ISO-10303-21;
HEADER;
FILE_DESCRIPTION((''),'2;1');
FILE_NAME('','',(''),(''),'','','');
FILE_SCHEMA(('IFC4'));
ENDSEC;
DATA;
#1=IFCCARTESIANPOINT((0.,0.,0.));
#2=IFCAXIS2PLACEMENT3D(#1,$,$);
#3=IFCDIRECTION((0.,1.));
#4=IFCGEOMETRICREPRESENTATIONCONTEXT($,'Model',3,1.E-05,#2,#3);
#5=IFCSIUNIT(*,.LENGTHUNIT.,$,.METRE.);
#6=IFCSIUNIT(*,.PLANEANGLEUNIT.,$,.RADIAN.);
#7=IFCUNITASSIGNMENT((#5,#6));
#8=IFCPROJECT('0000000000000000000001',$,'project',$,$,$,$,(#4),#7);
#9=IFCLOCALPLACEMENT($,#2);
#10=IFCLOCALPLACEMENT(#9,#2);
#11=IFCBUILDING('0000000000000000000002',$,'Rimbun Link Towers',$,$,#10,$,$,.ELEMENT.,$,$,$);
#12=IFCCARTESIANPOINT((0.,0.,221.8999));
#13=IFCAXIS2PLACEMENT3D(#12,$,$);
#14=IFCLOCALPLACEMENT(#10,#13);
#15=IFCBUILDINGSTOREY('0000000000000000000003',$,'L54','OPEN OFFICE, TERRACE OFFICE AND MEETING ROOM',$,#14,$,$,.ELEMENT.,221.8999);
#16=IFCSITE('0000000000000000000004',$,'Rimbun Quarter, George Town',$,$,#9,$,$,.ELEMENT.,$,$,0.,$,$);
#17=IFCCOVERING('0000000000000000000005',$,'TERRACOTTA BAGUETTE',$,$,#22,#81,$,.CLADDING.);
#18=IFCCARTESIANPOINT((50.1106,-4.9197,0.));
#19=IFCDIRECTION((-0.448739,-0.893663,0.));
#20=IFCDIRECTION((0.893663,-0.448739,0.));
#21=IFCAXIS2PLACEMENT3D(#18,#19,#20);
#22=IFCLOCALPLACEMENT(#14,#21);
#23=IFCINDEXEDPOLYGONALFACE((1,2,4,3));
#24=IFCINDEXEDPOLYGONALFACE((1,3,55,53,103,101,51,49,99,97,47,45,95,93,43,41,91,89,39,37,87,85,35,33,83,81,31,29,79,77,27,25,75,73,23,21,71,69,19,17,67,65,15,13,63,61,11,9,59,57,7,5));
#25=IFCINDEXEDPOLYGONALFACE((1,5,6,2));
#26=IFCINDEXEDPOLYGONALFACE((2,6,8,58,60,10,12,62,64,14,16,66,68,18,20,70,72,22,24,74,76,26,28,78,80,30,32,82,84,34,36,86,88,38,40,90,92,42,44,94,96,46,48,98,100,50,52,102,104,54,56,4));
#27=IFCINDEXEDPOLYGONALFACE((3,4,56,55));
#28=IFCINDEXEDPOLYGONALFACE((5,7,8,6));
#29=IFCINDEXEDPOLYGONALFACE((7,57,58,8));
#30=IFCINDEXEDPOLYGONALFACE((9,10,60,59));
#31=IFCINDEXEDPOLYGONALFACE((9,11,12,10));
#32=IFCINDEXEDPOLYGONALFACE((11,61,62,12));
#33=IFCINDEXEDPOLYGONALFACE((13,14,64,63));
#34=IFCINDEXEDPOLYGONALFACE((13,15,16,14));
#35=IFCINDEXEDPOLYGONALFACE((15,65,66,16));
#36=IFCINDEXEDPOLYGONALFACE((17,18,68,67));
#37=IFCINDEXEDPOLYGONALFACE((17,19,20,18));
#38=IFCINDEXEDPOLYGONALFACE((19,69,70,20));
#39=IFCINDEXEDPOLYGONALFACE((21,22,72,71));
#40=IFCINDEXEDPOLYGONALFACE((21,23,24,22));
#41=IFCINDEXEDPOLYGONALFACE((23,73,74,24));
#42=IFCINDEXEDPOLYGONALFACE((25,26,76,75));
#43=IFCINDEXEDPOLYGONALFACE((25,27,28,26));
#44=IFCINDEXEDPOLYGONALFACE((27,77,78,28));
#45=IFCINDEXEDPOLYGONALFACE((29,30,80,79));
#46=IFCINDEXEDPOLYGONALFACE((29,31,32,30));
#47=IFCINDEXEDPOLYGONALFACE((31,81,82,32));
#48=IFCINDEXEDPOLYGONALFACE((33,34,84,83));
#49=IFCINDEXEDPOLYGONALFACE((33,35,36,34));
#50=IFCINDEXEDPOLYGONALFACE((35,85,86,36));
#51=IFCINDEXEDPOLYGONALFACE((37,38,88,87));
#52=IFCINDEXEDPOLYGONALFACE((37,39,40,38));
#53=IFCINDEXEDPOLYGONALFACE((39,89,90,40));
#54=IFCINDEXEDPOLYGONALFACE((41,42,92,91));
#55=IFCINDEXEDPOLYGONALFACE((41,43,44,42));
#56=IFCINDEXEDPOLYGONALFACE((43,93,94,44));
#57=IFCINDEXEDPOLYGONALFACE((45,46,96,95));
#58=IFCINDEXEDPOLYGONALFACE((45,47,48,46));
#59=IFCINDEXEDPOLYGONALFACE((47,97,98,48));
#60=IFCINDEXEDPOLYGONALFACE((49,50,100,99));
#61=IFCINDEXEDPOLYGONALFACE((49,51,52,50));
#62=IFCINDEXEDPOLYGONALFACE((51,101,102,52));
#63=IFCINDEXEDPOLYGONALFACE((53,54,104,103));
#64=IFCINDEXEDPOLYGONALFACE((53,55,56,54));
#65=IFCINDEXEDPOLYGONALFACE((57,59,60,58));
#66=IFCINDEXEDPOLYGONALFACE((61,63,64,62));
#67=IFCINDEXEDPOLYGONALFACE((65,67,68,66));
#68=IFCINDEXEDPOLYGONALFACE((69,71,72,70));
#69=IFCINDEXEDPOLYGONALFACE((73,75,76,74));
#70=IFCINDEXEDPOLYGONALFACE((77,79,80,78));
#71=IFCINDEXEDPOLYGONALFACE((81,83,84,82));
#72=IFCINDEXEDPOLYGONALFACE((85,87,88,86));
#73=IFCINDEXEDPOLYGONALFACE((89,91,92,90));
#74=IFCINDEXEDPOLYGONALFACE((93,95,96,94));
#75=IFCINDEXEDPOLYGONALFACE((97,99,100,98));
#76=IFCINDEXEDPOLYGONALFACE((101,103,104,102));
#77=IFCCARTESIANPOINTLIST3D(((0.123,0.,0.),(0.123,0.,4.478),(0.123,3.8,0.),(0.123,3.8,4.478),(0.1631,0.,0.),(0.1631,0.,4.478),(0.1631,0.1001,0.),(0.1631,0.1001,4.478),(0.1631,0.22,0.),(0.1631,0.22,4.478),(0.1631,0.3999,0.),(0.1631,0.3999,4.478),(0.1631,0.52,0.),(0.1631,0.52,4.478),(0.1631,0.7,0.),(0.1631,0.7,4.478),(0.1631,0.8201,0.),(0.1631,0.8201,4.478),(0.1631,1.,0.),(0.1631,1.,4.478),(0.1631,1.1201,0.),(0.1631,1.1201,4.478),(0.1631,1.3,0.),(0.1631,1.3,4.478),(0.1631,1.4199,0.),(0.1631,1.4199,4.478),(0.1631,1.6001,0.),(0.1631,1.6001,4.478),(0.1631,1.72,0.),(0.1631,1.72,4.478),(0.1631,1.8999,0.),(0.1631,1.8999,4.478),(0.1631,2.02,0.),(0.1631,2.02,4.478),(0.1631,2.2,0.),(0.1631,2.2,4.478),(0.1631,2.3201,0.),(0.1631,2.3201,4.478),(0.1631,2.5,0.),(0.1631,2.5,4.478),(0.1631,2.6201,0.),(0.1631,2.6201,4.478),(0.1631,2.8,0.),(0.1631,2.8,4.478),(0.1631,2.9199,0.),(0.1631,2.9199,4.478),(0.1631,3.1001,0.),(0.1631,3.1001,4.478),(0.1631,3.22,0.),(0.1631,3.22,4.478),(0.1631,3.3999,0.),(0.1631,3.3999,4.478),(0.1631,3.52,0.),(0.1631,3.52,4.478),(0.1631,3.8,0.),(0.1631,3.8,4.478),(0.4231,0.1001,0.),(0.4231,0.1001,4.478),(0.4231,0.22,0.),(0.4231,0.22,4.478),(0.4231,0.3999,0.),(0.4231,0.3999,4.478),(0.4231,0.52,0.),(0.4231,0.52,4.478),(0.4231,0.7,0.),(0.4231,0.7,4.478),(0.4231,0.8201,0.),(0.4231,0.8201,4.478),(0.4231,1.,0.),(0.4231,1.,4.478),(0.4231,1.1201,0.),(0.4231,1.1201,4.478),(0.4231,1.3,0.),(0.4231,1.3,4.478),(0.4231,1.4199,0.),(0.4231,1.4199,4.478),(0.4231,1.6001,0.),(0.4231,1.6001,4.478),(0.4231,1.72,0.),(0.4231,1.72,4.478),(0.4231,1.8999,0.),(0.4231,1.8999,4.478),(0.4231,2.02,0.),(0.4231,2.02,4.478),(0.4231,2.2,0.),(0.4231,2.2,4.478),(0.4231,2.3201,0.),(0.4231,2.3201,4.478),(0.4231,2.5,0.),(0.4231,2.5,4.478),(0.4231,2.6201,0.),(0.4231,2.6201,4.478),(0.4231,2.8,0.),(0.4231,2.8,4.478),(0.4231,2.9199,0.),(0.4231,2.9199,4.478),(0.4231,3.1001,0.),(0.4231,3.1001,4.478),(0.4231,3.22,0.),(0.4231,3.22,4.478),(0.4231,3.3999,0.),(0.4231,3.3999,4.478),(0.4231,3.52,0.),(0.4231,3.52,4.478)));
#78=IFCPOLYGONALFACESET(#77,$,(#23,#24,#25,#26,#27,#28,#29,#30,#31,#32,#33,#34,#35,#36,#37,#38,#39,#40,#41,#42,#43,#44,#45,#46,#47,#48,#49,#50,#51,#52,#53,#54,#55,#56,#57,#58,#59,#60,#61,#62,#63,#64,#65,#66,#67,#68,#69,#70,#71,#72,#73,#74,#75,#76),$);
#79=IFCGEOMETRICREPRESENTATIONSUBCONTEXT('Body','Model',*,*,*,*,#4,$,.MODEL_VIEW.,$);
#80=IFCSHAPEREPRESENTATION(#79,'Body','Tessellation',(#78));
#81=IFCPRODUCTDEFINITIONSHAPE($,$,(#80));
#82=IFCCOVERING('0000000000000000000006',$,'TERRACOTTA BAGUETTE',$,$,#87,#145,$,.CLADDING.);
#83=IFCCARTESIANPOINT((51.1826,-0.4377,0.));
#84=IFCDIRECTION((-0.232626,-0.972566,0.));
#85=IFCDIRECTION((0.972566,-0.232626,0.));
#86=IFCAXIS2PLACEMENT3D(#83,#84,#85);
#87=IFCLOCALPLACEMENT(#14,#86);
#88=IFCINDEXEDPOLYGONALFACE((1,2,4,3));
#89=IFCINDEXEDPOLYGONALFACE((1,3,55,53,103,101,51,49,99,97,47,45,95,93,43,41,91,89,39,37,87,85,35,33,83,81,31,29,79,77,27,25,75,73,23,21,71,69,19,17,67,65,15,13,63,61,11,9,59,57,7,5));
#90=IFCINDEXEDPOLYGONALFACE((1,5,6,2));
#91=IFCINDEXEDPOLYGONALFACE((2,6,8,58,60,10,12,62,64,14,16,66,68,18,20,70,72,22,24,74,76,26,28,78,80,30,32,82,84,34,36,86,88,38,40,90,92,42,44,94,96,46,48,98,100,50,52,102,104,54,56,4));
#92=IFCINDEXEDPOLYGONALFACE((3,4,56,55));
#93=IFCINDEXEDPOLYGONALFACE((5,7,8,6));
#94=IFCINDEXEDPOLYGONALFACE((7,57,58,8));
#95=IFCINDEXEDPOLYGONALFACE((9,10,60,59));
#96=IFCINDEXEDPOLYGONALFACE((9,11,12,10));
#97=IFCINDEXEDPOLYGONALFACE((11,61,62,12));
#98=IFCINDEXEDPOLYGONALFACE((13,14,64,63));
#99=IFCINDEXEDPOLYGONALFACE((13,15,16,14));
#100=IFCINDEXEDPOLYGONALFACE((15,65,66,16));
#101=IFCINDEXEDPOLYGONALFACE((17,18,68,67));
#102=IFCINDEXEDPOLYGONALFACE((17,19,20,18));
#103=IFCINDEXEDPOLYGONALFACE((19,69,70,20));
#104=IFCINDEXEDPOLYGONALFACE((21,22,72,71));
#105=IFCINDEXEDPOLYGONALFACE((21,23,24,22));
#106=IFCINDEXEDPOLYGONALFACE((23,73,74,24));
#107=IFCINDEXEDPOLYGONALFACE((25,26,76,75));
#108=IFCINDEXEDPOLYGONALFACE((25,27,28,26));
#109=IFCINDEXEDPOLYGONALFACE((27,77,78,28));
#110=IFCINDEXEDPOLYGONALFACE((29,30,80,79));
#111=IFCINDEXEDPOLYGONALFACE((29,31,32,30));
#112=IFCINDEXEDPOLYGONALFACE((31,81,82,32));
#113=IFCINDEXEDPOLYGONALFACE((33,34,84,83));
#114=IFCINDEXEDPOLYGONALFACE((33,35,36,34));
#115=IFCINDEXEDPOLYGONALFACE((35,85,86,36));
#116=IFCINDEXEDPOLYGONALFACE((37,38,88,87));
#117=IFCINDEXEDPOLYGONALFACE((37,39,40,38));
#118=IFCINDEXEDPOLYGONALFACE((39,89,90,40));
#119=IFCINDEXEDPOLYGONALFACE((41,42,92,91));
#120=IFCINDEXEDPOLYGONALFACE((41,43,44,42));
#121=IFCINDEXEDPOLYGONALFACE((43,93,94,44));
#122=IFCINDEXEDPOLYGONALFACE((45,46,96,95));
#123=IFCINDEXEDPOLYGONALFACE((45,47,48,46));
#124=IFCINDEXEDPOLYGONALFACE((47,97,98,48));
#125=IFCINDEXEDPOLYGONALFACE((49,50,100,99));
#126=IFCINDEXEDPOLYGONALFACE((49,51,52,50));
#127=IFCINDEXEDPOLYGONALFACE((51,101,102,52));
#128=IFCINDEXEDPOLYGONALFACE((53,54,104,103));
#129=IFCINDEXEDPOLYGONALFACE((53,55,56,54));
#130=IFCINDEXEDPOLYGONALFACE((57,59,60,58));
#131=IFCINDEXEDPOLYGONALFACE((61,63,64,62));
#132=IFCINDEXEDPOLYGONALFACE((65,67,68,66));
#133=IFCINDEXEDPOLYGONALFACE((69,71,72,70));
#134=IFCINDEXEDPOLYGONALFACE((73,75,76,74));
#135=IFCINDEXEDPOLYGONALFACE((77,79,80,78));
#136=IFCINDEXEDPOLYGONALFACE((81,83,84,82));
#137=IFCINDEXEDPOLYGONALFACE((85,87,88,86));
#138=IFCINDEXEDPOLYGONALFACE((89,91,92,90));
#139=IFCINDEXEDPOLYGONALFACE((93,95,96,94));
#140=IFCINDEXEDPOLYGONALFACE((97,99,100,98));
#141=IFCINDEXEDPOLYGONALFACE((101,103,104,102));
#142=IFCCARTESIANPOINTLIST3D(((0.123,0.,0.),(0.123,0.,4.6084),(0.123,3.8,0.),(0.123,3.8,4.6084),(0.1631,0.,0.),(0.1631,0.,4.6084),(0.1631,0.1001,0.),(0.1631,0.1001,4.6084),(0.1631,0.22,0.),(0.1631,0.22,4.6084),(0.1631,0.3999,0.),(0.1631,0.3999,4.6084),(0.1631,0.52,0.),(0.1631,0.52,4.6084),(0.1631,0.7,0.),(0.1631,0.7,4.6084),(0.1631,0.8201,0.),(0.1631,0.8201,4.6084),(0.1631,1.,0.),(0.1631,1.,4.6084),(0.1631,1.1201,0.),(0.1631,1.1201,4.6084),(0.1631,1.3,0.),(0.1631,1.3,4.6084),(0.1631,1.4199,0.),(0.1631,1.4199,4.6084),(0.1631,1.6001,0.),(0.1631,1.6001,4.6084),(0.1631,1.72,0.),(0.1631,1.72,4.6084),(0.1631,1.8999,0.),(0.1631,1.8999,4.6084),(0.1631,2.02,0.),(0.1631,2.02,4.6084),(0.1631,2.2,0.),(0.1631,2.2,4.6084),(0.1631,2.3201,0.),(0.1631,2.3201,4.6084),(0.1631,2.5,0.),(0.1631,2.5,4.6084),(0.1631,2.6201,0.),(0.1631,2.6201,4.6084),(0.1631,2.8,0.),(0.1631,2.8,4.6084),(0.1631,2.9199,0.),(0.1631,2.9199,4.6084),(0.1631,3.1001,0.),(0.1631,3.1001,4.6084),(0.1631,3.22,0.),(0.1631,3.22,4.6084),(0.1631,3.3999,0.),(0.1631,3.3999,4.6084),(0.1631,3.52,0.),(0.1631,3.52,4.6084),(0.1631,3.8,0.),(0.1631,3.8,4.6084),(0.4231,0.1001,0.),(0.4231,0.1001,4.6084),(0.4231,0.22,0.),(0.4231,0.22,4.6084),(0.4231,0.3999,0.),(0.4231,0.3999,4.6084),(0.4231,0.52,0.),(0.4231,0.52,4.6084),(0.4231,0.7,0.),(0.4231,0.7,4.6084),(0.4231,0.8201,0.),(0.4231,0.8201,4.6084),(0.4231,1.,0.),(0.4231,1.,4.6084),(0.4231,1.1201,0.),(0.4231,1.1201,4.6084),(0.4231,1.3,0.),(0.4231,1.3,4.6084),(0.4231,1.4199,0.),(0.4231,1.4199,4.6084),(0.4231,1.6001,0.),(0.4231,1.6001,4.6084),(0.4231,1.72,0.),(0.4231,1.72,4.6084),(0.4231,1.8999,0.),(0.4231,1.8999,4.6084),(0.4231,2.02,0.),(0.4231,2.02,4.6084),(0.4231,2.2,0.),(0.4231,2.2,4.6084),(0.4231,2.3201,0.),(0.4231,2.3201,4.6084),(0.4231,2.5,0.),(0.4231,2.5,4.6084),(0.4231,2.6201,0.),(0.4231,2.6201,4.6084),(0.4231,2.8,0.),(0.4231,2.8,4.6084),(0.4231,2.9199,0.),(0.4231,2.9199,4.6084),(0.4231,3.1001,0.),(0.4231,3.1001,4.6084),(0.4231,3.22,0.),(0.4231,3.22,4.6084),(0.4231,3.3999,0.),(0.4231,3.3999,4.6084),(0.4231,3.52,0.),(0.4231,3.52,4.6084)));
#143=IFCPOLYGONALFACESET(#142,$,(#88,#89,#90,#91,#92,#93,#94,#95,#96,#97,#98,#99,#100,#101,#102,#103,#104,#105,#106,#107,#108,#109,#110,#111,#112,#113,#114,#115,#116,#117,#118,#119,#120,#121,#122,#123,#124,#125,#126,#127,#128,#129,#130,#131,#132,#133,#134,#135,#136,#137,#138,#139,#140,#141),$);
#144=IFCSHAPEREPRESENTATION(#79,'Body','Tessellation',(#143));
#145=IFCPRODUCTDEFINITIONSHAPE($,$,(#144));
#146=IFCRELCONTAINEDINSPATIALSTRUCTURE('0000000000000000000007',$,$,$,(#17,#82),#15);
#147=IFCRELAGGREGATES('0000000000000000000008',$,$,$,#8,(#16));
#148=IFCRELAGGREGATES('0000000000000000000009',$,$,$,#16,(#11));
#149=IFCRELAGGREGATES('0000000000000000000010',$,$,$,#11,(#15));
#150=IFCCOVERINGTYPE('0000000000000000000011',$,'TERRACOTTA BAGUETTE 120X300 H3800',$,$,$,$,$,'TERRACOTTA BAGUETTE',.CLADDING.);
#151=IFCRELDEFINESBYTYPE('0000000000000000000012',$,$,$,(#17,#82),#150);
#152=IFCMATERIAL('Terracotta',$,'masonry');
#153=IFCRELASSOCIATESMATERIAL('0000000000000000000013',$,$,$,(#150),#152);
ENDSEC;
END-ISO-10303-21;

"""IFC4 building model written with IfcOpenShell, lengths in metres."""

from ifc_helpers import new_model, si_unit, direction, frame, origin, place, context, subcontext, project, spatial, polyline, outline, extrude, material, material_profile, profile_set, type_object, element, save


model = new_model("IFC4")

# Units and contexts
model_context = context("Model", 3, precision=1e-05, world=origin(), true_north=direction((0.0, 1.0)))
body_context = subcontext(model_context, "Body", "Model", "MODEL_VIEW")
ifc_project = project(units=[si_unit("LENGTHUNIT", "METRE"), si_unit("PLANEANGLEUNIT", "RADIAN")], contexts=[model_context])

# Site, building, storey
site_placement = place(None, origin())
site = spatial("IfcSite", under=ifc_project, at=site_placement, Name="Rimbun Quarter, George Town", CompositionType="ELEMENT", RefElevation=0.0)
building_placement = place(site_placement, origin())
building = spatial("IfcBuilding", under=site, at=building_placement, Name="Rimbun Link Towers", CompositionType="ELEMENT")
storey_placement = place(building_placement, frame((0.0, 0.0, 221.8999)))
storey = spatial("IfcBuildingStorey", under=building, at=storey_placement, Name="L54", Description="OPEN OFFICE, TERRACE OFFICE AND MEETING ROOM", CompositionType="ELEMENT", Elevation=221.8999)

# Coverings
ifc_material_1 = material(Name="Terracotta", Category="masonry")
ifc_material_profile_1 = material_profile(ifc_material_1, outline(polyline([(0.123, 0.0), (0.1631, 0.0), (0.1631, 0.1001), (0.4231, 0.1001), (0.4231, 0.22), (0.1631, 0.22), (0.1631, 0.3999), (0.4231, 0.3999), (0.4231, 0.52), (0.1631, 0.52), (0.1631, 0.7), (0.4231, 0.7), (0.4231, 0.8201), (0.1631, 0.8201), (0.1631, 1.0), (0.4231, 1.0), (0.4231, 1.1201), (0.1631, 1.1201), (0.1631, 1.3), (0.4231, 1.3), (0.4231, 1.4199), (0.1631, 1.4199), (0.1631, 1.6001), (0.4231, 1.6001), (0.4231, 1.72), (0.1631, 1.72), (0.1631, 1.8999), (0.4231, 1.8999), (0.4231, 2.02), (0.1631, 2.02), (0.1631, 2.2), (0.4231, 2.2), (0.4231, 2.3201), (0.1631, 2.3201), (0.1631, 2.5), (0.4231, 2.5), (0.4231, 2.6201), (0.1631, 2.6201), (0.1631, 2.8), (0.4231, 2.8), (0.4231, 2.9199), (0.1631, 2.9199), (0.1631, 3.1001), (0.4231, 3.1001), (0.4231, 3.22), (0.1631, 3.22), (0.1631, 3.3999), (0.4231, 3.3999), (0.4231, 3.52), (0.1631, 3.52), (0.1631, 3.8), (0.123, 3.8), (0.123, 0.0)])), Name="BAGUETTE 120X300")
ifc_profile_set_1 = profile_set([ifc_material_profile_1], Name="Terracotta")
covering_type = type_object("IfcCoveringType", Name="TERRACOTTA BAGUETTE 120X300 H3800", ElementType="TERRACOTTA BAGUETTE", PredefinedType="CLADDING", material=ifc_profile_set_1)
covering_1_placement = place(storey_placement, frame((50.1106, -4.9197, 0.0), z_axis=(-0.448739, -0.893663, 0.0), x_axis=(0.893663, -0.448739, 0.0)))
element("IfcCovering", 1, at=covering_1_placement, inside=storey, type_object=covering_type, Name="TERRACOTTA BAGUETTE", PredefinedType="CLADDING", context=body_context, shape_type="SweptSolid", body=[
    extrude(outline(polyline([(0.123, 0.0), (0.1631, 0.0), (0.1631, 0.1001), (0.4231, 0.1001), (0.4231, 0.22), (0.1631, 0.22), (0.1631, 0.3999), (0.4231, 0.3999), (0.4231, 0.52), (0.1631, 0.52), (0.1631, 0.7), (0.4231, 0.7), (0.4231, 0.8201), (0.1631, 0.8201), (0.1631, 1.0), (0.4231, 1.0), (0.4231, 1.1201), (0.1631, 1.1201), (0.1631, 1.3), (0.4231, 1.3), (0.4231, 1.4199), (0.1631, 1.4199), (0.1631, 1.6001), (0.4231, 1.6001), (0.4231, 1.72), (0.1631, 1.72), (0.1631, 1.8999), (0.4231, 1.8999), (0.4231, 2.02), (0.1631, 2.02), (0.1631, 2.2), (0.4231, 2.2), (0.4231, 2.3201), (0.1631, 2.3201), (0.1631, 2.5), (0.4231, 2.5), (0.4231, 2.6201), (0.1631, 2.6201), (0.1631, 2.8), (0.4231, 2.8), (0.4231, 2.9199), (0.1631, 2.9199), (0.1631, 3.1001), (0.4231, 3.1001), (0.4231, 3.22), (0.1631, 3.22), (0.1631, 3.3999), (0.4231, 3.3999), (0.4231, 3.52), (0.1631, 3.52), (0.1631, 3.8), (0.123, 3.8), (0.123, 0.0)])), origin(), (0.0, 0.0, 1.0), 4.478),
])
covering_2_placement = place(storey_placement, frame((51.1826, -0.4377, 0.0), z_axis=(-0.232626, -0.972566, 0.0), x_axis=(0.972566, -0.232626, 0.0)))
element("IfcCovering", 2, at=covering_2_placement, inside=storey, type_object=covering_type, Name="TERRACOTTA BAGUETTE", PredefinedType="CLADDING", context=body_context, shape_type="SweptSolid", body=[
    extrude(outline(polyline([(0.123, 0.0), (0.1631, 0.0), (0.1631, 0.1001), (0.4231, 0.1001), (0.4231, 0.22), (0.1631, 0.22), (0.1631, 0.3999), (0.4231, 0.3999), (0.4231, 0.52), (0.1631, 0.52), (0.1631, 0.7), (0.4231, 0.7), (0.4231, 0.8201), (0.1631, 0.8201), (0.1631, 1.0), (0.4231, 1.0), (0.4231, 1.1201), (0.1631, 1.1201), (0.1631, 1.3), (0.4231, 1.3), (0.4231, 1.4199), (0.1631, 1.4199), (0.1631, 1.6001), (0.4231, 1.6001), (0.4231, 1.72), (0.1631, 1.72), (0.1631, 1.8999), (0.4231, 1.8999), (0.4231, 2.02), (0.1631, 2.02), (0.1631, 2.2), (0.4231, 2.2), (0.4231, 2.3201), (0.1631, 2.3201), (0.1631, 2.5), (0.4231, 2.5), (0.4231, 2.6201), (0.1631, 2.6201), (0.1631, 2.8), (0.4231, 2.8), (0.4231, 2.9199), (0.1631, 2.9199), (0.1631, 3.1001), (0.4231, 3.1001), (0.4231, 3.22), (0.1631, 3.22), (0.1631, 3.3999), (0.4231, 3.3999), (0.4231, 3.52), (0.1631, 3.52), (0.1631, 3.8), (0.123, 3.8), (0.123, 0.0)])), origin(), (0.0, 0.0, 1.0), 4.6084),
])

save(model, "model.ifc")
